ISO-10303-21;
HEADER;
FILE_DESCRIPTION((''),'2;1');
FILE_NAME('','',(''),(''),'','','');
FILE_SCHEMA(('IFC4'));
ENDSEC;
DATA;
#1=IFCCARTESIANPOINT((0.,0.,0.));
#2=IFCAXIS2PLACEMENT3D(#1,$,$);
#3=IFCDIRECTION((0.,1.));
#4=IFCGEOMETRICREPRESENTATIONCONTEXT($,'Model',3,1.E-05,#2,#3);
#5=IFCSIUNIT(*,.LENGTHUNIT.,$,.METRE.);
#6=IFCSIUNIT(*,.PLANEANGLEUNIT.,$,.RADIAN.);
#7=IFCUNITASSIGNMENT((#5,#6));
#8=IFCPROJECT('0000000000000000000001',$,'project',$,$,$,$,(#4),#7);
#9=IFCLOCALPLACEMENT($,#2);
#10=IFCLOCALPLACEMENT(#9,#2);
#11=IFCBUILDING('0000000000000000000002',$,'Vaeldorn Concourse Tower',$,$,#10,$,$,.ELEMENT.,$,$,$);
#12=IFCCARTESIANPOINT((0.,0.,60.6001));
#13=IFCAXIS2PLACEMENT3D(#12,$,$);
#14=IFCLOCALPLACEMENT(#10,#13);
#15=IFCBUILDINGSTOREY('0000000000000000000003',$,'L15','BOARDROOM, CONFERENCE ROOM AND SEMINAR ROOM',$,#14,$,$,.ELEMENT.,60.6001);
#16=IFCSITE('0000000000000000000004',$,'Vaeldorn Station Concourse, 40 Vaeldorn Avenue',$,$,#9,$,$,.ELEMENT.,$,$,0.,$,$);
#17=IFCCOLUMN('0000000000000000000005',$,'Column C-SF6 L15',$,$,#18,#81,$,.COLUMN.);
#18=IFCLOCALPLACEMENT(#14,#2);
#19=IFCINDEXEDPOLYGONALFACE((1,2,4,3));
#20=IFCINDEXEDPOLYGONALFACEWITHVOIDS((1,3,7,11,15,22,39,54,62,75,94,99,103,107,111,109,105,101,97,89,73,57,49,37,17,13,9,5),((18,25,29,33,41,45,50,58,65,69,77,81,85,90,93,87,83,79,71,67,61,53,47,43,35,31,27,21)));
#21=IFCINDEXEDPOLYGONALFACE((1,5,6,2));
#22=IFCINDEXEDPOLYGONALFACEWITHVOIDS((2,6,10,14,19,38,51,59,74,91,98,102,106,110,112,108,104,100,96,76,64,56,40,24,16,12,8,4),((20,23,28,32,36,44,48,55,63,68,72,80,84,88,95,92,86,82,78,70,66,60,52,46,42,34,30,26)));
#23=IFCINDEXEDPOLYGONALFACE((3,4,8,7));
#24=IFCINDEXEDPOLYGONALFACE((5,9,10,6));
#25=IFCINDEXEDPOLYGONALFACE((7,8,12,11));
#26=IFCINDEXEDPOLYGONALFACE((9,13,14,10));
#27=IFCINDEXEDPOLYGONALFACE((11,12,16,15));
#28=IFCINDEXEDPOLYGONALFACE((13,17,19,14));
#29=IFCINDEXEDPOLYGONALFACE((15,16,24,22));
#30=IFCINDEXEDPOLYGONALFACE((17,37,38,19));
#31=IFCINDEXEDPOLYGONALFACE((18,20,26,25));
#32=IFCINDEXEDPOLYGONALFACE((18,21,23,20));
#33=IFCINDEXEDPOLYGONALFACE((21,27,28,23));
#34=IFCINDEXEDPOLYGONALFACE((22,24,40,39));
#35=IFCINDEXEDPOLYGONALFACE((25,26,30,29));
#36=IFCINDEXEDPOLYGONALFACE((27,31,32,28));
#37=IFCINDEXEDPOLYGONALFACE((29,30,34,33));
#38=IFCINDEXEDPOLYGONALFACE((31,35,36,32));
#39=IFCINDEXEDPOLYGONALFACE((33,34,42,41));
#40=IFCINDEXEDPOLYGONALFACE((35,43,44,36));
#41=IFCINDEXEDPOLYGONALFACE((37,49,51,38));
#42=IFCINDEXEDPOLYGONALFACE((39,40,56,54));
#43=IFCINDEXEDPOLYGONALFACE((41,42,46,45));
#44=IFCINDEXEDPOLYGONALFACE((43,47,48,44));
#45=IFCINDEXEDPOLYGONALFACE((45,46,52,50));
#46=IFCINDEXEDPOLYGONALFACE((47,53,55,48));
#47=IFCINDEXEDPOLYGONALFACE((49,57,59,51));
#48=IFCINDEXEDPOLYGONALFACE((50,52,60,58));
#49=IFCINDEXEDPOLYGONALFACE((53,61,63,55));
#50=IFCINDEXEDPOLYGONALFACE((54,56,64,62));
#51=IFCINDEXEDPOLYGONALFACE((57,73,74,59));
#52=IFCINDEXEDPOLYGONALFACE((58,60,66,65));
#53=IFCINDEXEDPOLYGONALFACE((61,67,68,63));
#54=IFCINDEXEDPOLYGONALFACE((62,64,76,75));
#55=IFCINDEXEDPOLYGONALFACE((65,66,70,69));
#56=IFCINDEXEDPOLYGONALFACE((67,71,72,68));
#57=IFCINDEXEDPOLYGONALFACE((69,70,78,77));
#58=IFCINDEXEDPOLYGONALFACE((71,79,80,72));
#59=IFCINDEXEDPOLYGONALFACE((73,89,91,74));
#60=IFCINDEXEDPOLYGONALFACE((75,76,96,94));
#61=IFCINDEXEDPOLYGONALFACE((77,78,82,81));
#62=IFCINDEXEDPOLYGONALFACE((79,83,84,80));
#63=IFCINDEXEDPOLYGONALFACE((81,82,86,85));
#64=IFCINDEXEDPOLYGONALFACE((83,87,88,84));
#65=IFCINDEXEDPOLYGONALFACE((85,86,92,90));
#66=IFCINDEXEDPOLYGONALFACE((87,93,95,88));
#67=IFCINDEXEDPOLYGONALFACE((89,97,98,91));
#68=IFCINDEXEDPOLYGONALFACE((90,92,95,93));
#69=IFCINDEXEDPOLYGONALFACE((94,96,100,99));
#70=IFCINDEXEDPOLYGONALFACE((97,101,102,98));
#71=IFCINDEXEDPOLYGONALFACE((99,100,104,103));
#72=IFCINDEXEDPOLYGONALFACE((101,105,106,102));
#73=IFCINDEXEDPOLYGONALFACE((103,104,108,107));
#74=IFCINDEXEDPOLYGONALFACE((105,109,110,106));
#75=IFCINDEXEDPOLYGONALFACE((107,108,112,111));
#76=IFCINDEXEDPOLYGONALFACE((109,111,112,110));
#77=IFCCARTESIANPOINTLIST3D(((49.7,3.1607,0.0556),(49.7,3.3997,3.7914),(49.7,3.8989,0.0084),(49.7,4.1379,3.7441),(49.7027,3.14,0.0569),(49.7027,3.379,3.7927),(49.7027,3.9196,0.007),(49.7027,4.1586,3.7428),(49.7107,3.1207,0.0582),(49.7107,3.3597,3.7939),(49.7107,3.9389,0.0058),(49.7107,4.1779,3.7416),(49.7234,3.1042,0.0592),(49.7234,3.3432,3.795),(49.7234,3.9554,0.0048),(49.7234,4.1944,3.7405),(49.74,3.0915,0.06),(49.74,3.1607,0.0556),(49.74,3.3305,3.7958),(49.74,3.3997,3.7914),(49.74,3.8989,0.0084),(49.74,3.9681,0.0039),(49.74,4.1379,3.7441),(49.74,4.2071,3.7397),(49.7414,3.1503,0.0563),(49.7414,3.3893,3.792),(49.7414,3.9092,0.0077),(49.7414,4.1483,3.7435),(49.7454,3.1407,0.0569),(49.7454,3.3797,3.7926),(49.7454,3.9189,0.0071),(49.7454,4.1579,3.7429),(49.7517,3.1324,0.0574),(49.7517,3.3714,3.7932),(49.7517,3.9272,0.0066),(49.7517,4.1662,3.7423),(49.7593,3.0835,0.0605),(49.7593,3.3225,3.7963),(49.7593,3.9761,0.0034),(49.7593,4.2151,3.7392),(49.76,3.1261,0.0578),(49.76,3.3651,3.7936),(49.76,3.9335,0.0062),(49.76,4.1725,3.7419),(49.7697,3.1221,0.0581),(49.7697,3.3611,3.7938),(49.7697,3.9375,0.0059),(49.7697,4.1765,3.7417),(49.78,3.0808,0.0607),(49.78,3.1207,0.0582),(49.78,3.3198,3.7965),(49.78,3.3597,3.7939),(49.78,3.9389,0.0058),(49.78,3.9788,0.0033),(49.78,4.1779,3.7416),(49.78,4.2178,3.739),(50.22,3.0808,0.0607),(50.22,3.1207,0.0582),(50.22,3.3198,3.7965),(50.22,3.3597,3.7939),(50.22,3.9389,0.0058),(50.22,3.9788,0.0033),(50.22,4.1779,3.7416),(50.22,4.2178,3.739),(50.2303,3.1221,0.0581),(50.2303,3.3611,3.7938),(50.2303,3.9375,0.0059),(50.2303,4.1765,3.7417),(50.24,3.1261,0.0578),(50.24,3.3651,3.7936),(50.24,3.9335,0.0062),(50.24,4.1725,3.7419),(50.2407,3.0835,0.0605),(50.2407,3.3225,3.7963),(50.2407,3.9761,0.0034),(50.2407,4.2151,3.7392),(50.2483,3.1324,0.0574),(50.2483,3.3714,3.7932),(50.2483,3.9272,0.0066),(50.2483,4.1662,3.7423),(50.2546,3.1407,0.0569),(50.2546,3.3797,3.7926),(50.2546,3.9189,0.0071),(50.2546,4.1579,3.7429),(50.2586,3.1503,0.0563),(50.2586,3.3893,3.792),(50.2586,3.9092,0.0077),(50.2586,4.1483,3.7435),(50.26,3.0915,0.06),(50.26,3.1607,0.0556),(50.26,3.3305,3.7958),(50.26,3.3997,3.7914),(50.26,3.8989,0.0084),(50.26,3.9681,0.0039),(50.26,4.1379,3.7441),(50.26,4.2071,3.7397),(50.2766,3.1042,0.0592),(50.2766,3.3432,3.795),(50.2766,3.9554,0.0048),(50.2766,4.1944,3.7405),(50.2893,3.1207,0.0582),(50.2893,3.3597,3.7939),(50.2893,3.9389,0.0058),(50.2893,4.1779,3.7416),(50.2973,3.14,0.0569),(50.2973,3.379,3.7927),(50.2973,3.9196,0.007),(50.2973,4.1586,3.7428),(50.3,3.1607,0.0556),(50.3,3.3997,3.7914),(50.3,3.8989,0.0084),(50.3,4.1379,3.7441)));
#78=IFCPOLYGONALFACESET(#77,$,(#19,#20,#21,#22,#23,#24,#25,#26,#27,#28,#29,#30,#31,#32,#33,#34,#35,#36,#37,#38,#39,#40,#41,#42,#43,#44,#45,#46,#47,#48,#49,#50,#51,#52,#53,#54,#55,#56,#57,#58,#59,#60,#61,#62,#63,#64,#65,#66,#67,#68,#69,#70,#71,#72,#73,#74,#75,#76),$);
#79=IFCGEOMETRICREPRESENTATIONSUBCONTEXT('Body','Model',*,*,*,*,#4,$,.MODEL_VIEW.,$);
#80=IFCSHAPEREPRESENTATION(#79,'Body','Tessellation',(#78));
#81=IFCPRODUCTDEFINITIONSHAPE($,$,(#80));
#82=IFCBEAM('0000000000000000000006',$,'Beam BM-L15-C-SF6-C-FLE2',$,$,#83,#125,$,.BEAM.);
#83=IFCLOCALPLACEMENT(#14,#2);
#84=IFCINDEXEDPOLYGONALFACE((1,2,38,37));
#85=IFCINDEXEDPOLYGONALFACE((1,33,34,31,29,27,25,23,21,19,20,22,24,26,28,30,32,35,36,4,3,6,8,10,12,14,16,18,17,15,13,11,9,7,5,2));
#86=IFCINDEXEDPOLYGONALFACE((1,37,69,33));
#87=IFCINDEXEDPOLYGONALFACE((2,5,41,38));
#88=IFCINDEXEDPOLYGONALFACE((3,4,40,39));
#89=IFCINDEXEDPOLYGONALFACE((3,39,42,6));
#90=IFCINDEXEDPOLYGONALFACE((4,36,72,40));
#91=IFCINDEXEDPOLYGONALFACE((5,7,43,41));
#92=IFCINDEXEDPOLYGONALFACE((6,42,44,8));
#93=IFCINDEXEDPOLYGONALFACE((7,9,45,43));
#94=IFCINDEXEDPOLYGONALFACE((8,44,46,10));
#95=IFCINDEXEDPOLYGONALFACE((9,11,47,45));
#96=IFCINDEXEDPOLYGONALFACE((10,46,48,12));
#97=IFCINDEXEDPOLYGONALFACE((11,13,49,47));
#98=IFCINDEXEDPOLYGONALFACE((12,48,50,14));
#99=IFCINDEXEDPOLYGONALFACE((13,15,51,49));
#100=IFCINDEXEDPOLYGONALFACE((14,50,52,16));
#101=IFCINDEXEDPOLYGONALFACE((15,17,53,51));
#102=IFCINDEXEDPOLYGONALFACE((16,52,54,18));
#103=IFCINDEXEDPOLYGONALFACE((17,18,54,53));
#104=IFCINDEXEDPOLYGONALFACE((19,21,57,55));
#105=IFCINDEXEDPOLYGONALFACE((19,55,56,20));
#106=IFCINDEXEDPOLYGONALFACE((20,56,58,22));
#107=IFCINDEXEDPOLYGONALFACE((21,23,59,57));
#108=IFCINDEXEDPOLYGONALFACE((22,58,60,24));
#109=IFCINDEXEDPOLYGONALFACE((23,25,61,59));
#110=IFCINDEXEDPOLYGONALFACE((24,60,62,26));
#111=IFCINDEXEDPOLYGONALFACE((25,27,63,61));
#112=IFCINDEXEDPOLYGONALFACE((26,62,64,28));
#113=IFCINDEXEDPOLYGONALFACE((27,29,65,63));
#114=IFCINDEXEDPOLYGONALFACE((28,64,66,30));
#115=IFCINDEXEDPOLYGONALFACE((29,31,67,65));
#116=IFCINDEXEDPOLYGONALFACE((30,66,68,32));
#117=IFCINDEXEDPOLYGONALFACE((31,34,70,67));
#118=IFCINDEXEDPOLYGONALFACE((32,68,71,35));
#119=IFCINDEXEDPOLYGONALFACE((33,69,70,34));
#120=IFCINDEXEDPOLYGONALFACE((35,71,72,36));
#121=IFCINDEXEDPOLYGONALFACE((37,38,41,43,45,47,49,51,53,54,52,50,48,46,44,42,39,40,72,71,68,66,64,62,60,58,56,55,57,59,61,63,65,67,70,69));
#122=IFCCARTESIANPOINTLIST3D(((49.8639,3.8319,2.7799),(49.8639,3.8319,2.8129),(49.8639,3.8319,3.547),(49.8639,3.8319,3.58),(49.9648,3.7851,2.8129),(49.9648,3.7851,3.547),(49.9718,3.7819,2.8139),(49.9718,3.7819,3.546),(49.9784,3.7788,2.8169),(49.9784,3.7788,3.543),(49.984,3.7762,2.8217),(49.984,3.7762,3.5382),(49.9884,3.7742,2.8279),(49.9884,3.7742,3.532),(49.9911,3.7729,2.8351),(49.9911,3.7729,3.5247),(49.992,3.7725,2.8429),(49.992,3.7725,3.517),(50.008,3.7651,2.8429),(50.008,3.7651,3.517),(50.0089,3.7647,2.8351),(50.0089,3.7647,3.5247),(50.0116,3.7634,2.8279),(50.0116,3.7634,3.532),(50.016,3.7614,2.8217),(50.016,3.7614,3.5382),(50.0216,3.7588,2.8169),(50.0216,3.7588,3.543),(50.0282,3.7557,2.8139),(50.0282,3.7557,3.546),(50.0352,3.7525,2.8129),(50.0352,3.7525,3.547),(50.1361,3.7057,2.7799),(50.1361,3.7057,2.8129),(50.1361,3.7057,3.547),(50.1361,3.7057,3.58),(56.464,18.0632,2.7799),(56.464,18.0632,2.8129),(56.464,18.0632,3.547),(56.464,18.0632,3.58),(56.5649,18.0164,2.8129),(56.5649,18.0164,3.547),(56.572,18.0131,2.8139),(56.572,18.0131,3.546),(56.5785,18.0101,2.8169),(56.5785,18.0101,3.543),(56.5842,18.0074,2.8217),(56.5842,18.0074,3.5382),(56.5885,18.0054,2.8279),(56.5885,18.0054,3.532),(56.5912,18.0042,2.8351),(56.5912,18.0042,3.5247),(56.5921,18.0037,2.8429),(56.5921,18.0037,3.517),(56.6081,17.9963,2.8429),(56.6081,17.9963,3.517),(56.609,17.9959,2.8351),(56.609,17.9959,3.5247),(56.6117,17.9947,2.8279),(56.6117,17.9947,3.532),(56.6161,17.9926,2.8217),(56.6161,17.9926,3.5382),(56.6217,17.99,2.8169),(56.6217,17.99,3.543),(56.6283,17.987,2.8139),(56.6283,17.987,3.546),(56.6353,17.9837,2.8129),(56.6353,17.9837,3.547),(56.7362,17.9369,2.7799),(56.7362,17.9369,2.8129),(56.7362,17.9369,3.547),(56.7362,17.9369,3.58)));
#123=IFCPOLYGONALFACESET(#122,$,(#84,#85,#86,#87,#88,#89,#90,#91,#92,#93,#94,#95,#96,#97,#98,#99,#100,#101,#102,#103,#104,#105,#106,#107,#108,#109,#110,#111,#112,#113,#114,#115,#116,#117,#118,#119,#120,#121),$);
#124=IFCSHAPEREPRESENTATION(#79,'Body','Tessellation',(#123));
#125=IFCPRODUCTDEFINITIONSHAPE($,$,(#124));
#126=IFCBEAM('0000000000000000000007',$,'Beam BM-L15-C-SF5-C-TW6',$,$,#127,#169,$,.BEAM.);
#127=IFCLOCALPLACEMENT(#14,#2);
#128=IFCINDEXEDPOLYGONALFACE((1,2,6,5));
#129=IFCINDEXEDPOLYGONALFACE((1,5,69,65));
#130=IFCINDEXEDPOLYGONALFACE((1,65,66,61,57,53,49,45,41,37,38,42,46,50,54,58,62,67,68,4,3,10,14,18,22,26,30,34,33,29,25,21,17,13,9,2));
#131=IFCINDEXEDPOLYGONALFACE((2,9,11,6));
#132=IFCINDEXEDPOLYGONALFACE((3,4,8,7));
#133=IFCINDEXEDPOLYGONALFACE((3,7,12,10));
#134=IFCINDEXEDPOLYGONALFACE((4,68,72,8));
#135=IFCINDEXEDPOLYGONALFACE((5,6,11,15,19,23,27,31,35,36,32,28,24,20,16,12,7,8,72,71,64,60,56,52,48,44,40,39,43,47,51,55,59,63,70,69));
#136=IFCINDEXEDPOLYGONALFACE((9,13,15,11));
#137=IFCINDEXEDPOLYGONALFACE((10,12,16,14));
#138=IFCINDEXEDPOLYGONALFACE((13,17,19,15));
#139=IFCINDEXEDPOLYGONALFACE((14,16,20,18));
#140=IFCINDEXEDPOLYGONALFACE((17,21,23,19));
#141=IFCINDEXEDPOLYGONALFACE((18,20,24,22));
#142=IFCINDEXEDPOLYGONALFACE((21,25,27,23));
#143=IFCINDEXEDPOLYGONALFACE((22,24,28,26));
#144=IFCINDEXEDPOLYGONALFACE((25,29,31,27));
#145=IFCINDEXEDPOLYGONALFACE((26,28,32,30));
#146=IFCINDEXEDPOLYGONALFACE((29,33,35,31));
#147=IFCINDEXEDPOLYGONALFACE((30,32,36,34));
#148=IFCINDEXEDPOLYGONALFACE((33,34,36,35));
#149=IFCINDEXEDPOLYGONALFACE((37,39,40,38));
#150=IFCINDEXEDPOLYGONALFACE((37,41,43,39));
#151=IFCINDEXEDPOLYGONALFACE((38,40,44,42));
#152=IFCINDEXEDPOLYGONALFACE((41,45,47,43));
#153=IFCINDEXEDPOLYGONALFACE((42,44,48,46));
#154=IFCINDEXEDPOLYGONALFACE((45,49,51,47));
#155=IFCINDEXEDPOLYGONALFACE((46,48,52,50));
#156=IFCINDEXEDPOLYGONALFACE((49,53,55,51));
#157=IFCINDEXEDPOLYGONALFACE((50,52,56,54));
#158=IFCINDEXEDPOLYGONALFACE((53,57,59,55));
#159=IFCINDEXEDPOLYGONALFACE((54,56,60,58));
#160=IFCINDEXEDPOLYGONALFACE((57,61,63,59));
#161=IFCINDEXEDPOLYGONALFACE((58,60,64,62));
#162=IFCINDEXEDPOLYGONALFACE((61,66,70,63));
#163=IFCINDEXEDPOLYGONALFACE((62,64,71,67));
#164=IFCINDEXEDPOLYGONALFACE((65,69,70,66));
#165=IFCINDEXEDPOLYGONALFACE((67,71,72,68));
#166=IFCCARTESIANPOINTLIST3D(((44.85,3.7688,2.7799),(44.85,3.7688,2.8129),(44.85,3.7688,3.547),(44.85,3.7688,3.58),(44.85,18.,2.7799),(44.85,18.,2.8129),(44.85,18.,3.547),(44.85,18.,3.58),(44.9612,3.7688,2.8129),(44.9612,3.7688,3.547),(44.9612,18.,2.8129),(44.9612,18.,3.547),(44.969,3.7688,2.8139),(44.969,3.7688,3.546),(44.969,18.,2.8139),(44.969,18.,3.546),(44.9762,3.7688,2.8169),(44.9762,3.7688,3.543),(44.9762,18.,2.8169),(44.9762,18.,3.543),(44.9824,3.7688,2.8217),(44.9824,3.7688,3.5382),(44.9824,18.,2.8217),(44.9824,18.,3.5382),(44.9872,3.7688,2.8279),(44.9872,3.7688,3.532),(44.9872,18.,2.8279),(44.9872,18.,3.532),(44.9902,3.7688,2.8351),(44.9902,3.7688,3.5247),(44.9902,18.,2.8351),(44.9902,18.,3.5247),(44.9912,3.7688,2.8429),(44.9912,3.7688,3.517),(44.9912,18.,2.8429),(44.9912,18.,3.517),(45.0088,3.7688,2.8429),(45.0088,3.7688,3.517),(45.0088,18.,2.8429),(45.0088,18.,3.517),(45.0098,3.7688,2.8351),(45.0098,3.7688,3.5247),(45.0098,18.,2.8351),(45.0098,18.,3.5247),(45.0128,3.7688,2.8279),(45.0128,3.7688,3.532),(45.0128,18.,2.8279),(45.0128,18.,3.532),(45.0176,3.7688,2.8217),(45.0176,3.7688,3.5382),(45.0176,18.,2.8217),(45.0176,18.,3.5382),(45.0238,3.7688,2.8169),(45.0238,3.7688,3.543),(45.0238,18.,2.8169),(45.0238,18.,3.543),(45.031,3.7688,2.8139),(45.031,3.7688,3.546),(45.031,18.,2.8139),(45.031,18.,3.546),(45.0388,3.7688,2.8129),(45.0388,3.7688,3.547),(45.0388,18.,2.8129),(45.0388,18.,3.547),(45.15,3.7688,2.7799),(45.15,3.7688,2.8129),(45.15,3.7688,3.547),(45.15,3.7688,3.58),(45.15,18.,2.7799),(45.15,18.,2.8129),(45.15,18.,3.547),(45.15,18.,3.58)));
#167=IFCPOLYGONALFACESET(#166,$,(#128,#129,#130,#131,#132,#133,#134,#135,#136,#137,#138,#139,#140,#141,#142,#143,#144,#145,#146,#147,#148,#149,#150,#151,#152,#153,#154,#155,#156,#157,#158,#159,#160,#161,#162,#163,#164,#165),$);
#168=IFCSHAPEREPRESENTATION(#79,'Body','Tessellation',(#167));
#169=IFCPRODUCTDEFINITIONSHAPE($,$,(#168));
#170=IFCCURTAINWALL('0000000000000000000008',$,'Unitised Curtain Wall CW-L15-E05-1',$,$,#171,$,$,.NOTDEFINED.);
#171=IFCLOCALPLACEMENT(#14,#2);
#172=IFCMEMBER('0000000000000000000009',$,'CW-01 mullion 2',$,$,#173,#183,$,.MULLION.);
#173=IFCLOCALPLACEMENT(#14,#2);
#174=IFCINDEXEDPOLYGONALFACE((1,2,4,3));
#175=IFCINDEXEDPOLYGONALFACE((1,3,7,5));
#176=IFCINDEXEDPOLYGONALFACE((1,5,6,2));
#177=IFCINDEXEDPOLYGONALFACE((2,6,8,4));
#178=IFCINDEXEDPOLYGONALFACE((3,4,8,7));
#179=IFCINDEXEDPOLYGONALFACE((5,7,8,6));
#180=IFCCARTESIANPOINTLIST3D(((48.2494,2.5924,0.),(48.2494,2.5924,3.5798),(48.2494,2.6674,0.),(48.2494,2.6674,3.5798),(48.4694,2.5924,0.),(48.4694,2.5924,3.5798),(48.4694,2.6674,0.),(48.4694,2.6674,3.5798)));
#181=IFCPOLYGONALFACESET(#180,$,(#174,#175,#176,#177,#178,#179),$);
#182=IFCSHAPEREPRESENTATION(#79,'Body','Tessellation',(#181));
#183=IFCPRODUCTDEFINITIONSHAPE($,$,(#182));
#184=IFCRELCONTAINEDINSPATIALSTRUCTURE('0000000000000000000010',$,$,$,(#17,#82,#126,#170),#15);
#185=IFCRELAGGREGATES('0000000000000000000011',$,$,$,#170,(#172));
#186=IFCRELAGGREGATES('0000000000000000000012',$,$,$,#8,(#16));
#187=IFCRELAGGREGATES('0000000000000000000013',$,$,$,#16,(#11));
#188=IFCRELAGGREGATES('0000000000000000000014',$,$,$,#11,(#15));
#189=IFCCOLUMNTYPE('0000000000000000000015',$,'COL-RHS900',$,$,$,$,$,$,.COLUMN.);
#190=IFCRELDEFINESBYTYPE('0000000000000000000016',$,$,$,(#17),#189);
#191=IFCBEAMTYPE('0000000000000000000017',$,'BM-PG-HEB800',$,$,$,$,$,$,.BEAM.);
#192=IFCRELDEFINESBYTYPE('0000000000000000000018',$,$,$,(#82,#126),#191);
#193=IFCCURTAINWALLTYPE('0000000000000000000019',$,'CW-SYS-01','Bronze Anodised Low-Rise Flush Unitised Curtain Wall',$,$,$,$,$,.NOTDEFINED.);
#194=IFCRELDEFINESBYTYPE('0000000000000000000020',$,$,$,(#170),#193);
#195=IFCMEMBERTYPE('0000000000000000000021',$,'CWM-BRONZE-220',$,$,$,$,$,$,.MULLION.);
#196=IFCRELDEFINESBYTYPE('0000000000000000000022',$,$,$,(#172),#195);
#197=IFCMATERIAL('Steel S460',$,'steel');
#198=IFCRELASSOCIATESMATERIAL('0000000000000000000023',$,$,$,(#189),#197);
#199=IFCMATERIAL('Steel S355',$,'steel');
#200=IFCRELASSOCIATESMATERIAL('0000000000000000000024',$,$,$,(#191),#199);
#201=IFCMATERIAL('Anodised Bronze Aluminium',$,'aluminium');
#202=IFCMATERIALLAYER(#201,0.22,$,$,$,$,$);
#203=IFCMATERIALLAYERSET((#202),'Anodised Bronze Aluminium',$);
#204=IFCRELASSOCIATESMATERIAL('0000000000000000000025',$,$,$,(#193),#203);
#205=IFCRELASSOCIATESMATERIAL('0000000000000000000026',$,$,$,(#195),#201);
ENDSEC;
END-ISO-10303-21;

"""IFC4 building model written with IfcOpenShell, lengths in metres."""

from ifc_helpers import new_model, si_unit, direction, frame, origin, origin_2d, place, context, subcontext, project, spatial, rectangle, hollow_rectangle, i_section, extrude, source, transform, mapped, material, layer, layer_set, material_profile, profile_set, type_object, element, aggregate, save


model = new_model("IFC4")

# Units and contexts
model_context = context("Model", 3, precision=1e-05, world=origin(), true_north=direction((0.0, 1.0)))
body_context = subcontext(model_context, "Body", "Model", "MODEL_VIEW")
ifc_project = project(units=[si_unit("LENGTHUNIT", "METRE"), si_unit("PLANEANGLEUNIT", "RADIAN")], contexts=[model_context])

# Site, building, storey
site_placement = place(None, origin())
site = spatial("IfcSite", under=ifc_project, at=site_placement, Name="Vaeldorn Station Concourse, 40 Vaeldorn Avenue", CompositionType="ELEMENT", RefElevation=0.0)
building_placement = place(site_placement, origin())
building = spatial("IfcBuilding", under=site, at=building_placement, Name="Vaeldorn Concourse Tower", CompositionType="ELEMENT")
storey_placement = place(building_placement, frame((0.0, 0.0, 60.6001)))
storey = spatial("IfcBuildingStorey", under=building, at=storey_placement, Name="L15", Description="BOARDROOM, CONFERENCE ROOM AND SEMINAR ROOM", CompositionType="ELEMENT", Elevation=60.6001)

# Column
ifc_material_1 = material(Name="Steel S460", Category="steel")
ifc_material_profile_1 = material_profile(ifc_material_1, hollow_rectangle(XDim=0.6001, YDim=0.8999, WallThickness=0.04, InnerFilletRadius=0.04, OuterFilletRadius=0.0801, at=origin_2d()), Name="RHS 900x600x40")
ifc_profile_set_1 = profile_set([ifc_material_profile_1], Name="Steel S460")
column_type = type_object("IfcColumnType", Name="COL-RHS900", PredefinedType="COLUMN", material=ifc_profile_set_1)
shared_shape_1 = source(origin(), body_context, "Body", "SweptSolid", [
    extrude(hollow_rectangle(XDim=0.6001, YDim=0.8999, WallThickness=0.04, InnerFilletRadius=0.04, OuterFilletRadius=0.0801, at=origin_2d()), origin(), (0.0, 0.0, 1.0), 3.7434),
])
column_placement = place(storey_placement, frame((50.0, 3.5298, 0.032), z_axis=(0.0, 0.063848, 0.99796), x_axis=(-1.0, 0.0, 0.0)))
element("IfcColumn", 1, at=column_placement, inside=storey, type_object=column_type, Name="Column C-SF6 L15", PredefinedType="COLUMN", context=body_context, shape_type="MappedRepresentation", body=[
    mapped(shared_shape_1, transform((0.0, 0.0, 0.0), scale=1.0)),
])

# Beams
ifc_material_2 = material(Name="Steel S355", Category="steel")
ifc_material_profile_2 = material_profile(ifc_material_2, i_section(OverallWidth=0.3, OverallDepth=0.8, WebThickness=0.0176, FlangeThickness=0.033, FilletRadius=0.03, at=origin_2d()), Name="HEB 800")
ifc_profile_set_2 = profile_set([ifc_material_profile_2], Name="Steel S355")
beam_type = type_object("IfcBeamType", Name="BM-PG-HEB800", PredefinedType="BEAM", material=ifc_profile_set_2)
shared_shape_2 = source(origin(), body_context, "Body", "SweptSolid", [
    extrude(i_section(OverallWidth=0.3, OverallDepth=0.8, WebThickness=0.0176, FlangeThickness=0.033, FilletRadius=0.03, at=origin_2d()), origin(), (0.0, 0.0, 1.0), 15.6873),
])
beam_1_placement = place(storey_placement, frame((50.0, 3.7688, 3.1799), z_axis=(0.420731, 0.907185, 0.0), x_axis=(-0.907185, 0.420731, 0.0)))
element("IfcBeam", 2, at=beam_1_placement, inside=storey, type_object=beam_type, Name="Beam BM-L15-C-SF6-C-FLE2", PredefinedType="BEAM", context=body_context, shape_type="MappedRepresentation", body=[
    mapped(shared_shape_2, transform((0.0, 0.0, 0.0), scale=1.0)),
])
shared_shape_3 = source(origin(), body_context, "Body", "SweptSolid", [
    extrude(i_section(OverallWidth=0.3, OverallDepth=0.8, WebThickness=0.0176, FlangeThickness=0.033, FilletRadius=0.03, at=origin_2d()), origin(), (0.0, 0.0, 1.0), 14.2312),
])
beam_2_placement = place(storey_placement, frame((45.0, 3.7688, 3.1799), z_axis=(0.0, 1.0, 0.0), x_axis=(-1.0, 0.0, 0.0)))
element("IfcBeam", 3, at=beam_2_placement, inside=storey, type_object=beam_type, Name="Beam BM-L15-C-SF5-C-TW6", PredefinedType="BEAM", context=body_context, shape_type="MappedRepresentation", body=[
    mapped(shared_shape_3, transform((0.0, 0.0, 0.0), scale=1.0)),
])

# Curtain wall, member
ifc_material_3 = material(Name="Anodised Bronze Aluminium", Category="aluminium")
ifc_layer_1 = layer(ifc_material_3, 0.22)
ifc_layer_set_1 = layer_set([ifc_layer_1], Name="Anodised Bronze Aluminium")
curtain_wall_type = type_object("IfcCurtainWallType", Name="CW-SYS-01", Description="Bronze Anodised Low-Rise Flush Unitised Curtain Wall", PredefinedType="NOTDEFINED", material=ifc_layer_set_1)
curtain_wall_1_placement = place(storey_placement, origin())
curtain_wall_1 = element("IfcCurtainWall", 4, at=curtain_wall_1_placement, inside=storey, type_object=curtain_wall_type, Name="Unitised Curtain Wall CW-L15-E05-1", PredefinedType="NOTDEFINED")
ifc_material_profile_3 = material_profile(ifc_material_3, rectangle(XDim=0.075, YDim=0.22, at=origin_2d()), Name="CWM 75x220")
ifc_profile_set_3 = profile_set([ifc_material_profile_3], Name="Anodised Bronze Aluminium")
member_type_1 = type_object("IfcMemberType", Name="CWM-BRONZE-220", PredefinedType="MULLION", material=ifc_profile_set_3)
shared_shape_4 = source(origin(), body_context, "Body", "SweptSolid", [
    extrude(rectangle(XDim=0.075, YDim=0.22, at=origin_2d()), origin(), (0.0, 0.0, 1.0), 3.5798),
])
member_1_placement = place(storey_placement, frame((48.3594, 2.6299, 0.0), z_axis=(0.0, 0.0, 1.0), x_axis=(0.0, 1.0, 0.0)))
member_1 = element("IfcMember", 5, at=member_1_placement, type_object=member_type_1, Name="CW-01 mullion 2", PredefinedType="MULLION", context=body_context, shape_type="MappedRepresentation", body=[
    mapped(shared_shape_4, transform((0.0, 0.0, 0.0), scale=1.0)),
])

aggregate(curtain_wall_1, [member_1])

save(model, "model.ifc")
